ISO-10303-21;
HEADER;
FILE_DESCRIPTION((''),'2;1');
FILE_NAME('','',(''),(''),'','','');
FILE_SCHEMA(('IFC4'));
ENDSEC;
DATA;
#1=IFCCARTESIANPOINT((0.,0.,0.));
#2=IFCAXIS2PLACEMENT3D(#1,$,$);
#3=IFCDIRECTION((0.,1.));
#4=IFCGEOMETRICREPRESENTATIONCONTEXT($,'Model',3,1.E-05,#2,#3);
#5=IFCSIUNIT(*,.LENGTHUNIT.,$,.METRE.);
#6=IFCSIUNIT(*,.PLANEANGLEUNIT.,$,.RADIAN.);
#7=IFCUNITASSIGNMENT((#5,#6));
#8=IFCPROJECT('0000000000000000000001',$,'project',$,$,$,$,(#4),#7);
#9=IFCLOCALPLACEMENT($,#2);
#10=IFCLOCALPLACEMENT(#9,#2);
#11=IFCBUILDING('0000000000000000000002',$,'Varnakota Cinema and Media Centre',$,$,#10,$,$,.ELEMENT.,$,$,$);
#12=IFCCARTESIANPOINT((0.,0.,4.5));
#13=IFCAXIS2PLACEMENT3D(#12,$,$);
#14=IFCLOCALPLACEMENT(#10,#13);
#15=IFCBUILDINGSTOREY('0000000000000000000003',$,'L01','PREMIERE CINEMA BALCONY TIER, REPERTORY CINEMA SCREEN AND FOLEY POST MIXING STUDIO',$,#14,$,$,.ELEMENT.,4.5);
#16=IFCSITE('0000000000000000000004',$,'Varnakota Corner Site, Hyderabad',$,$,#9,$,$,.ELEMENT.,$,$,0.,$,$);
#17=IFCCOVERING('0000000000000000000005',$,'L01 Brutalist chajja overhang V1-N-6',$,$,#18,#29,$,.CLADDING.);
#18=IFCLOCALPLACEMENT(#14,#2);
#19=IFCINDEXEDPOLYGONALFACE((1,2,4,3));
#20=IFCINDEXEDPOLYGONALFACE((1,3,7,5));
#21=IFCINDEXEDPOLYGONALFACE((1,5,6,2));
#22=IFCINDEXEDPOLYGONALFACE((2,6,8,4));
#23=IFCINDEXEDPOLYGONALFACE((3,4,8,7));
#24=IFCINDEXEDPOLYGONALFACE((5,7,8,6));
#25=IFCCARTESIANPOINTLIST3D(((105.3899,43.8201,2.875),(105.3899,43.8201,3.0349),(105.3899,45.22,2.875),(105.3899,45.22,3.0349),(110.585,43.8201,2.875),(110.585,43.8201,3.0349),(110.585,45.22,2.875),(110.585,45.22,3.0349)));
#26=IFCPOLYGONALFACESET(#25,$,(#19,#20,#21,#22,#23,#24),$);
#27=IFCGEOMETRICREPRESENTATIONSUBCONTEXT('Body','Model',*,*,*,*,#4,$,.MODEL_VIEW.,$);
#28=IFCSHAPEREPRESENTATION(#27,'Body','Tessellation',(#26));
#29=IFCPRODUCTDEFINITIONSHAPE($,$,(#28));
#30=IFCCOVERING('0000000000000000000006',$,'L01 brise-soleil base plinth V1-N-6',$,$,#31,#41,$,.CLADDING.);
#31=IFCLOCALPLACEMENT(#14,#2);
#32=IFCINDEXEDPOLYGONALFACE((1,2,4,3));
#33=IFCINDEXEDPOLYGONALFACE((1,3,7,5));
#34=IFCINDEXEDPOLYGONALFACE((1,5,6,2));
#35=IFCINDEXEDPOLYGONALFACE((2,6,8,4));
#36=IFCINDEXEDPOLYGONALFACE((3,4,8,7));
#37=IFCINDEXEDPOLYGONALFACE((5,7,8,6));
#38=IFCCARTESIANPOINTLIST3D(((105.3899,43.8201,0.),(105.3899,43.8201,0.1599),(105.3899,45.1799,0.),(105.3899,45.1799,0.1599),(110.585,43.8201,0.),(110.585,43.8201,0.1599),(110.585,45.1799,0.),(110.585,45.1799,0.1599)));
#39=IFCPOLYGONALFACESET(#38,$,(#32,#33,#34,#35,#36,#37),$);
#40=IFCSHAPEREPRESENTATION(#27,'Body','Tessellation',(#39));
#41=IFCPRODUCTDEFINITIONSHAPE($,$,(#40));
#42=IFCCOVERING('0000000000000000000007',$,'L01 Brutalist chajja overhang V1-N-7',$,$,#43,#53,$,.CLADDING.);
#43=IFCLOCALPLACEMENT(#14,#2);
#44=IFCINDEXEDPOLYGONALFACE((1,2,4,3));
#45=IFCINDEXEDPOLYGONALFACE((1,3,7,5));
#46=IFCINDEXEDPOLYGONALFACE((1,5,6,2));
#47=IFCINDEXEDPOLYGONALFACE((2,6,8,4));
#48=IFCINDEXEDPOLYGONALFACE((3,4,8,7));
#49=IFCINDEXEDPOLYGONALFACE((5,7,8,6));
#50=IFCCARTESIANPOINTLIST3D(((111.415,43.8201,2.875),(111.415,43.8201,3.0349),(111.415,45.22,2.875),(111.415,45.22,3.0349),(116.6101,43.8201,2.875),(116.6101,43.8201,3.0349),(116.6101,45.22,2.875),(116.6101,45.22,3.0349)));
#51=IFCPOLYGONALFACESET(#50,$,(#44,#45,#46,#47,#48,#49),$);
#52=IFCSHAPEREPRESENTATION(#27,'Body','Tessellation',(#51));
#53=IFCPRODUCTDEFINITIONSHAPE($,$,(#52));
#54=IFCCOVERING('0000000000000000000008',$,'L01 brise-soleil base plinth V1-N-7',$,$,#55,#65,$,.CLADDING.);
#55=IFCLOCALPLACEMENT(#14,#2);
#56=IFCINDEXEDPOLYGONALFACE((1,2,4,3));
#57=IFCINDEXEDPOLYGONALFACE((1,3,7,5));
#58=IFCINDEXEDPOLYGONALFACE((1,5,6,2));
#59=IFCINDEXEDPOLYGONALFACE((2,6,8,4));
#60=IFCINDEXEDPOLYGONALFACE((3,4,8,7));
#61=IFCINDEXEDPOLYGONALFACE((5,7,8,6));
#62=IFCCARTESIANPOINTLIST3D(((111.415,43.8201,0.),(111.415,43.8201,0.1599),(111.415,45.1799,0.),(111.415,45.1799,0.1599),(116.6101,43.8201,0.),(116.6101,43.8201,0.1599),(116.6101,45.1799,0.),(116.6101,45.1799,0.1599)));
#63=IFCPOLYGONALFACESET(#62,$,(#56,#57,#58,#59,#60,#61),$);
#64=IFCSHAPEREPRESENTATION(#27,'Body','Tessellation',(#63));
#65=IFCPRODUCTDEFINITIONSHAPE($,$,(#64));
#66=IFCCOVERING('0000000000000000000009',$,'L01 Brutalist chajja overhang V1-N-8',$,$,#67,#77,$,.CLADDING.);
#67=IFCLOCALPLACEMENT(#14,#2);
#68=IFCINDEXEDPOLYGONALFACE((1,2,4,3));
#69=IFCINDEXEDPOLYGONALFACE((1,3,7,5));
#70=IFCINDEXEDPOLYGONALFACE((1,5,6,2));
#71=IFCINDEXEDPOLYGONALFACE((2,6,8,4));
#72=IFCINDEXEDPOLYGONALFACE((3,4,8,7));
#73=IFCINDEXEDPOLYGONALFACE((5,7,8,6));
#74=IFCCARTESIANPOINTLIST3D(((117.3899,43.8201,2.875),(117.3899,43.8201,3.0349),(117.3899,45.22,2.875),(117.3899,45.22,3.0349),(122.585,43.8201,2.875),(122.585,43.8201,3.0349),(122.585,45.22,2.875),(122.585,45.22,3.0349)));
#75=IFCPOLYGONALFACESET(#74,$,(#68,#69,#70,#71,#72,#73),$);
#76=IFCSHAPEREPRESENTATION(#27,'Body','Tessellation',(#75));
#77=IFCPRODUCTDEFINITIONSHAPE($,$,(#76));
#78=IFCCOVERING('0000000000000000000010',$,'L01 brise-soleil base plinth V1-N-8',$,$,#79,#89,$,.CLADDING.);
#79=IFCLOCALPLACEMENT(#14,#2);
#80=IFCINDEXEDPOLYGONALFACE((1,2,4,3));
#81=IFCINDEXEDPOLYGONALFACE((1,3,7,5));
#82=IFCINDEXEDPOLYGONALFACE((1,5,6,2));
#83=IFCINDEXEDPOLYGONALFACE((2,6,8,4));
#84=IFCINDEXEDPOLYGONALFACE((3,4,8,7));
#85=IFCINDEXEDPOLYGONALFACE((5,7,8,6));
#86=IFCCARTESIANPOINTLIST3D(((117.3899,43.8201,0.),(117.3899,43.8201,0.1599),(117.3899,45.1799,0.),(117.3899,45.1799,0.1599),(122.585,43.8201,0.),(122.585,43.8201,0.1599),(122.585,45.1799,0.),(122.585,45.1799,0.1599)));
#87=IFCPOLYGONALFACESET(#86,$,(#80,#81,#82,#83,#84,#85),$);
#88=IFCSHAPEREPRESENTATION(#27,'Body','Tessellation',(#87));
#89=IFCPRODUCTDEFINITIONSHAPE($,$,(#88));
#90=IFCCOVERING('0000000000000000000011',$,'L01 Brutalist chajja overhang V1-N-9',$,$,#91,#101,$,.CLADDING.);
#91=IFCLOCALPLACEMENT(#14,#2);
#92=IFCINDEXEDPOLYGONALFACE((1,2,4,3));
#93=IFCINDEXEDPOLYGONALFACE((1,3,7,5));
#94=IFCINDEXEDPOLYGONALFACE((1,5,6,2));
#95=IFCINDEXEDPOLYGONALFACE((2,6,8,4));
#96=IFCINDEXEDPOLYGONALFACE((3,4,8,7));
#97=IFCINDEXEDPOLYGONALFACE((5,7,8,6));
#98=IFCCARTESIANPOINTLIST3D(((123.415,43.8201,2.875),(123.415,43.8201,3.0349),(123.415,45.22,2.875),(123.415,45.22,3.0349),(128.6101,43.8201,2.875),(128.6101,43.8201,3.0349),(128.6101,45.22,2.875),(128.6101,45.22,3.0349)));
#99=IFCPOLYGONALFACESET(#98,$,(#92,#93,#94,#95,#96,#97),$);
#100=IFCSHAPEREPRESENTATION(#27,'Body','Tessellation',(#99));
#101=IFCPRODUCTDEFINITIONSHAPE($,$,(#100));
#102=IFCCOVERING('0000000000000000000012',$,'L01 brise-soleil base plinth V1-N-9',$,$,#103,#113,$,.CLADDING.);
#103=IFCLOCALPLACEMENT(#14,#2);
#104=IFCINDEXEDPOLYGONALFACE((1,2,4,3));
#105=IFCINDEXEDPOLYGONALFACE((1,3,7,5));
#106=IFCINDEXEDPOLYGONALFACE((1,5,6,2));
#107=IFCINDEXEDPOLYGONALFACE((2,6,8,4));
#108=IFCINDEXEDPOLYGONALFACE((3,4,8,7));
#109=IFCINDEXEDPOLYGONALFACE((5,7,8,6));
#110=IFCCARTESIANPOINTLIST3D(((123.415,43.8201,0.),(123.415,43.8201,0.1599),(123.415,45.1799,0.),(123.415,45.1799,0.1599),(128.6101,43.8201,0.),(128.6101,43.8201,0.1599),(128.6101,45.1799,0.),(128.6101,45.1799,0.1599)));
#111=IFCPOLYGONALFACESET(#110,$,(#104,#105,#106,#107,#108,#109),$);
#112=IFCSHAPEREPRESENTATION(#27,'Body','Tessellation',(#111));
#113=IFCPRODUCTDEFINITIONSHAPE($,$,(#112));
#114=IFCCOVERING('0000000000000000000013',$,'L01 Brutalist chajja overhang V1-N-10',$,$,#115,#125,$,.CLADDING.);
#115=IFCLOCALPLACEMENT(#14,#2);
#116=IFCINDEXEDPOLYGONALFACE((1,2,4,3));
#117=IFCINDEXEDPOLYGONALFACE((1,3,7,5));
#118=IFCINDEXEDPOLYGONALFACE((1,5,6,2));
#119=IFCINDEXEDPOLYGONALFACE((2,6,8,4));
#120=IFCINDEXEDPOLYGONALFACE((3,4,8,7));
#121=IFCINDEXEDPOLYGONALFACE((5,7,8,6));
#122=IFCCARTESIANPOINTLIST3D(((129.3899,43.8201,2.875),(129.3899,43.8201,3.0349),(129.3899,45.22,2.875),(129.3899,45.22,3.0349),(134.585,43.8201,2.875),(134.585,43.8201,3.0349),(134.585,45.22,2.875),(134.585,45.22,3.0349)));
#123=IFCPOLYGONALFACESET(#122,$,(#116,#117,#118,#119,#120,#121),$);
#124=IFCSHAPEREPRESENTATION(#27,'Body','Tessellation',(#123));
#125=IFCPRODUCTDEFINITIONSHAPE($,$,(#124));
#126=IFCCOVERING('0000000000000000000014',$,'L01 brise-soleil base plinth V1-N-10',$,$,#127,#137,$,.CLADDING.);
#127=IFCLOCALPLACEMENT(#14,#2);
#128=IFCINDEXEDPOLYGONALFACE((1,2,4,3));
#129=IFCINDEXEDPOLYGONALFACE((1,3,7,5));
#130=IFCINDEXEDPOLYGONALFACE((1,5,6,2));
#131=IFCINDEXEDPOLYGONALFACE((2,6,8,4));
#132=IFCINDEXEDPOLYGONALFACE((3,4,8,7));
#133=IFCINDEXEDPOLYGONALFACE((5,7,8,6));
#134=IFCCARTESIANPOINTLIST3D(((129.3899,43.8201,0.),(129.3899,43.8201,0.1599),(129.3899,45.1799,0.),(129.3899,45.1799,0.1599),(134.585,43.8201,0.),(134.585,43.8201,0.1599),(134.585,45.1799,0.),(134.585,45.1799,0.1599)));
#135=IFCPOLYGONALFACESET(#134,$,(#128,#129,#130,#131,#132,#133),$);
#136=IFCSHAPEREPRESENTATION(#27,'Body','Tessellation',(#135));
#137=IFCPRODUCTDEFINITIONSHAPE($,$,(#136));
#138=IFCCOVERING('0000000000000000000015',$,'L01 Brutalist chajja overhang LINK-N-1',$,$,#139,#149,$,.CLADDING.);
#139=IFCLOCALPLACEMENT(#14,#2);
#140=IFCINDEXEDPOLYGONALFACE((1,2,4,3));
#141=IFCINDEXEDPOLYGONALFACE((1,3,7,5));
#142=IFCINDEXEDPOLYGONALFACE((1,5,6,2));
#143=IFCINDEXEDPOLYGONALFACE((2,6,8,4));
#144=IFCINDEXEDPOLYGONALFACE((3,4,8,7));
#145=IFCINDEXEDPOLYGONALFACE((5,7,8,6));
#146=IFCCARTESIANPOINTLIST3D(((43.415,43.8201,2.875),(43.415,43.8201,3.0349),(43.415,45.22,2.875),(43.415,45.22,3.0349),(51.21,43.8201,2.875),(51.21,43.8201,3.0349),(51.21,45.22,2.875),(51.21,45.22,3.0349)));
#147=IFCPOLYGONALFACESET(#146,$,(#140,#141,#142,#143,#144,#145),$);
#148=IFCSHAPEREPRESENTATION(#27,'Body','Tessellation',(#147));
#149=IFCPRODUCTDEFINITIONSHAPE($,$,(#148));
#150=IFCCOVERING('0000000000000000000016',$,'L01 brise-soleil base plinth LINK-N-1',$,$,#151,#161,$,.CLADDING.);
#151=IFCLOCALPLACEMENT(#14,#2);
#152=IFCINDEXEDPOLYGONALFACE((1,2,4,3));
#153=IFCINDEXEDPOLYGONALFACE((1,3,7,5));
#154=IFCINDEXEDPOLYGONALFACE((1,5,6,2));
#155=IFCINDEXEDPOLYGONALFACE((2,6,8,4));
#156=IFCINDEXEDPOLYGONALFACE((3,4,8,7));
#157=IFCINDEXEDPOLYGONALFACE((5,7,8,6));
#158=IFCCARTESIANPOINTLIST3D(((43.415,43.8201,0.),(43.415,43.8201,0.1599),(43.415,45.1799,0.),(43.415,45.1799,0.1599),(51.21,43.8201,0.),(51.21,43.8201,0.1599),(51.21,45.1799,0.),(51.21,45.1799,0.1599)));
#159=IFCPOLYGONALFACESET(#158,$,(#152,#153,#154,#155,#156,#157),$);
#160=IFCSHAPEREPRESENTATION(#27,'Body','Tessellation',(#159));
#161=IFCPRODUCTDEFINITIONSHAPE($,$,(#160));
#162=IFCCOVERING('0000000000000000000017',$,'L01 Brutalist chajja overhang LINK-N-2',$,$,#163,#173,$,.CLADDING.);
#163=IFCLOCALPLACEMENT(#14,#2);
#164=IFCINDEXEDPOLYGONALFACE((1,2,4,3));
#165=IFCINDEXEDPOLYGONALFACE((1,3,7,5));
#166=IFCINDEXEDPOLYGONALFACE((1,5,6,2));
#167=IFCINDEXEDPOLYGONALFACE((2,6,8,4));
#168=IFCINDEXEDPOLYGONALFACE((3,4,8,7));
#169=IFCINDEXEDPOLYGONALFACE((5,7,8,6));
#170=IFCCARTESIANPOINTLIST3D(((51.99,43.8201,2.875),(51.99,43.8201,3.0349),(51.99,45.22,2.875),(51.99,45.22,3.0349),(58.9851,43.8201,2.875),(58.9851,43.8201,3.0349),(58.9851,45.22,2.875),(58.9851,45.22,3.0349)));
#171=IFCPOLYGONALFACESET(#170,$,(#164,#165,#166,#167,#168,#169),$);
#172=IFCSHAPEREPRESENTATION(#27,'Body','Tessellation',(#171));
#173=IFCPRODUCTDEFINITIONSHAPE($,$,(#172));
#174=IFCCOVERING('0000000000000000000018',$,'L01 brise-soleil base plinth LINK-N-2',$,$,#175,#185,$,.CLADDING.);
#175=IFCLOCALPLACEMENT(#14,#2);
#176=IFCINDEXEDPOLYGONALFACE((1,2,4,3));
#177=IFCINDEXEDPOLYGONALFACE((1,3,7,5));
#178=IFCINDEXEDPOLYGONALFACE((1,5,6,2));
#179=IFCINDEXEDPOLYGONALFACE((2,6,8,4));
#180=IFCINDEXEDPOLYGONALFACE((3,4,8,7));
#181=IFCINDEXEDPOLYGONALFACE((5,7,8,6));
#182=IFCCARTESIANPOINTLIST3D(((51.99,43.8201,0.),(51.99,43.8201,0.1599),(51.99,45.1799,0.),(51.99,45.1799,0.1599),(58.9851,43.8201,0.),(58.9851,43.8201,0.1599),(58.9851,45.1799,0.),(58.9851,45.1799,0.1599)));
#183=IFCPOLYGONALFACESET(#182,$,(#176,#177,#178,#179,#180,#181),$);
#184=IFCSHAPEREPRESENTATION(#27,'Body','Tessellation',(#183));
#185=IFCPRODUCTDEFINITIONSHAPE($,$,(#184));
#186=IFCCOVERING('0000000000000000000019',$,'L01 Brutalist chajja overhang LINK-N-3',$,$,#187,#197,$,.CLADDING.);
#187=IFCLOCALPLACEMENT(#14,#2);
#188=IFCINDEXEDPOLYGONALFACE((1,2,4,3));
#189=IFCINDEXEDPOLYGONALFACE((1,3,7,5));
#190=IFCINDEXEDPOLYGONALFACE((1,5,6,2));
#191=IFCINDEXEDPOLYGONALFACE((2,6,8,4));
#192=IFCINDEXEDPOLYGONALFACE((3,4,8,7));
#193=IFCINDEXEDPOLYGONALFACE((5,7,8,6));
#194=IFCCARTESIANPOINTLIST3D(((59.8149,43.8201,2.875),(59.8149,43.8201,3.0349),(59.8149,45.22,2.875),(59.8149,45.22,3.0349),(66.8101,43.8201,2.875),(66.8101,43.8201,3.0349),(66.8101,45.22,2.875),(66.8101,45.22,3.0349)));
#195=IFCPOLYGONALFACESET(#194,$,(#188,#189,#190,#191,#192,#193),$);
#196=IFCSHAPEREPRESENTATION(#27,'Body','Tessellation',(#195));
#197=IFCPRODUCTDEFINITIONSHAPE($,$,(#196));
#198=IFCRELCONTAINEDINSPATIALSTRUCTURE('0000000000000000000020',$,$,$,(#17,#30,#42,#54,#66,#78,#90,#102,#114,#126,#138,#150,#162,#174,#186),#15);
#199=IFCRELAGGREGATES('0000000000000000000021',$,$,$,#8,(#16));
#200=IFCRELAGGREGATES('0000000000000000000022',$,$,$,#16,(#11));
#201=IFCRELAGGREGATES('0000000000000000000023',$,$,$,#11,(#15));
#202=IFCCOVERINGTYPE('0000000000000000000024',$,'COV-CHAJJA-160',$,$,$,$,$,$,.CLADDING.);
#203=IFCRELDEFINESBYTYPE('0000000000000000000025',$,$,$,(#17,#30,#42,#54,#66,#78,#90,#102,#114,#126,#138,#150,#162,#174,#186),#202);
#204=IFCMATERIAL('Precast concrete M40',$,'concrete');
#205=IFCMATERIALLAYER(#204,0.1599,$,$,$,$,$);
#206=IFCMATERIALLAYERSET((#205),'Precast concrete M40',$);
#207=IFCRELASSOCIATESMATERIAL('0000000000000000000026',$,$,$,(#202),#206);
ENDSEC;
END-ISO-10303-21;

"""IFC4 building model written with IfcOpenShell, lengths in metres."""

from ifc_helpers import new_model, si_unit, direction, frame, origin, place, context, subcontext, project, spatial, polyline, outline, extrude, material, layer, layer_set, type_object, element, save


model = new_model("IFC4")

# Units and contexts
model_context = context("Model", 3, precision=1e-05, world=origin(), true_north=direction((0.0, 1.0)))
body_context = subcontext(model_context, "Body", "Model", "MODEL_VIEW")
ifc_project = project(units=[si_unit("LENGTHUNIT", "METRE"), si_unit("PLANEANGLEUNIT", "RADIAN")], contexts=[model_context])

# Site, building, storey
site_placement = place(None, origin())
site = spatial("IfcSite", under=ifc_project, at=site_placement, Name="Varnakota Corner Site, Hyderabad", CompositionType="ELEMENT", RefElevation=0.0)
building_placement = place(site_placement, origin())
building = spatial("IfcBuilding", under=site, at=building_placement, Name="Varnakota Cinema and Media Centre", CompositionType="ELEMENT")
storey_placement = place(building_placement, frame((0.0, 0.0, 4.5)))
storey = spatial("IfcBuildingStorey", under=building, at=storey_placement, Name="L01", Description="PREMIERE CINEMA BALCONY TIER, REPERTORY CINEMA SCREEN AND FOLEY POST MIXING STUDIO", CompositionType="ELEMENT", Elevation=4.5)

# Coverings
ifc_material_1 = material(Name="Precast concrete M40", Category="concrete")
ifc_layer_1 = layer(ifc_material_1, 0.1599)
ifc_layer_set_1 = layer_set([ifc_layer_1], Name="Precast concrete M40")
covering_type_1 = type_object("IfcCoveringType", Name="COV-CHAJJA-160", PredefinedType="CLADDING", material=ifc_layer_set_1)
covering_1_placement = place(storey_placement, frame((0.0, 0.0, 2.875)))
element("IfcCovering", 1, at=covering_1_placement, inside=storey, type_object=covering_type_1, Name="L01 Brutalist chajja overhang V1-N-6", PredefinedType="CLADDING", context=body_context, shape_type="SweptSolid", body=[
    extrude(outline(polyline([(105.3899, 43.8201), (110.585, 43.8201), (110.585, 45.22), (105.3899, 45.22), (105.3899, 43.8201)])), origin(), (0.0, 0.0, 1.0), 0.1599),
])
covering_2_placement = place(storey_placement, origin())
element("IfcCovering", 2, at=covering_2_placement, inside=storey, type_object=covering_type_1, Name="L01 brise-soleil base plinth V1-N-6", PredefinedType="CLADDING", context=body_context, shape_type="SweptSolid", body=[
    extrude(outline(polyline([(105.3899, 43.8201), (110.585, 43.8201), (110.585, 45.1799), (105.3899, 45.1799), (105.3899, 43.8201)])), origin(), (0.0, 0.0, 1.0), 0.1599),
])
covering_3_placement = place(storey_placement, frame((0.0, 0.0, 2.875)))
element("IfcCovering", 3, at=covering_3_placement, inside=storey, type_object=covering_type_1, Name="L01 Brutalist chajja overhang V1-N-7", PredefinedType="CLADDING", context=body_context, shape_type="SweptSolid", body=[
    extrude(outline(polyline([(111.415, 43.8201), (116.6101, 43.8201), (116.6101, 45.22), (111.415, 45.22), (111.415, 43.8201)])), origin(), (0.0, 0.0, 1.0), 0.1599),
])
covering_4_placement = place(storey_placement, origin())
element("IfcCovering", 4, at=covering_4_placement, inside=storey, type_object=covering_type_1, Name="L01 brise-soleil base plinth V1-N-7", PredefinedType="CLADDING", context=body_context, shape_type="SweptSolid", body=[
    extrude(outline(polyline([(111.415, 43.8201), (116.6101, 43.8201), (116.6101, 45.1799), (111.415, 45.1799), (111.415, 43.8201)])), origin(), (0.0, 0.0, 1.0), 0.1599),
])
covering_5_placement = place(storey_placement, frame((0.0, 0.0, 2.875)))
element("IfcCovering", 5, at=covering_5_placement, inside=storey, type_object=covering_type_1, Name="L01 Brutalist chajja overhang V1-N-8", PredefinedType="CLADDING", context=body_context, shape_type="SweptSolid", body=[
    extrude(outline(polyline([(117.3899, 43.8201), (122.585, 43.8201), (122.585, 45.22), (117.3899, 45.22), (117.3899, 43.8201)])), origin(), (0.0, 0.0, 1.0), 0.1599),
])
covering_6_placement = place(storey_placement, origin())
element("IfcCovering", 6, at=covering_6_placement, inside=storey, type_object=covering_type_1, Name="L01 brise-soleil base plinth V1-N-8", PredefinedType="CLADDING", context=body_context, shape_type="SweptSolid", body=[
    extrude(outline(polyline([(117.3899, 43.8201), (122.585, 43.8201), (122.585, 45.1799), (117.3899, 45.1799), (117.3899, 43.8201)])), origin(), (0.0, 0.0, 1.0), 0.1599),
])
covering_7_placement = place(storey_placement, frame((0.0, 0.0, 2.875)))
element("IfcCovering", 7, at=covering_7_placement, inside=storey, type_object=covering_type_1, Name="L01 Brutalist chajja overhang V1-N-9", PredefinedType="CLADDING", context=body_context, shape_type="SweptSolid", body=[
    extrude(outline(polyline([(123.415, 43.8201), (128.6101, 43.8201), (128.6101, 45.22), (123.415, 45.22), (123.415, 43.8201)])), origin(), (0.0, 0.0, 1.0), 0.1599),
])
covering_8_placement = place(storey_placement, origin())
element("IfcCovering", 8, at=covering_8_placement, inside=storey, type_object=covering_type_1, Name="L01 brise-soleil base plinth V1-N-9", PredefinedType="CLADDING", context=body_context, shape_type="SweptSolid", body=[
    extrude(outline(polyline([(123.415, 43.8201), (128.6101, 43.8201), (128.6101, 45.1799), (123.415, 45.1799), (123.415, 43.8201)])), origin(), (0.0, 0.0, 1.0), 0.1599),
])
covering_9_placement = place(storey_placement, frame((0.0, 0.0, 2.875)))
element("IfcCovering", 9, at=covering_9_placement, inside=storey, type_object=covering_type_1, Name="L01 Brutalist chajja overhang V1-N-10", PredefinedType="CLADDING", context=body_context, shape_type="SweptSolid", body=[
    extrude(outline(polyline([(129.3899, 43.8201), (134.585, 43.8201), (134.585, 45.22), (129.3899, 45.22), (129.3899, 43.8201)])), origin(), (0.0, 0.0, 1.0), 0.1599),
])
covering_10_placement = place(storey_placement, origin())
element("IfcCovering", 10, at=covering_10_placement, inside=storey, type_object=covering_type_1, Name="L01 brise-soleil base plinth V1-N-10", PredefinedType="CLADDING", context=body_context, shape_type="SweptSolid", body=[
    extrude(outline(polyline([(129.3899, 43.8201), (134.585, 43.8201), (134.585, 45.1799), (129.3899, 45.1799), (129.3899, 43.8201)])), origin(), (0.0, 0.0, 1.0), 0.1599),
])
covering_11_placement = place(storey_placement, frame((0.0, 0.0, 2.875)))
element("IfcCovering", 11, at=covering_11_placement, inside=storey, type_object=covering_type_1, Name="L01 Brutalist chajja overhang LINK-N-1", PredefinedType="CLADDING", context=body_context, shape_type="SweptSolid", body=[
    extrude(outline(polyline([(43.415, 43.8201), (51.21, 43.8201), (51.21, 45.22), (43.415, 45.22), (43.415, 43.8201)])), origin(), (0.0, 0.0, 1.0), 0.1599),
])
covering_12_placement = place(storey_placement, origin())
element("IfcCovering", 12, at=covering_12_placement, inside=storey, type_object=covering_type_1, Name="L01 brise-soleil base plinth LINK-N-1", PredefinedType="CLADDING", context=body_context, shape_type="SweptSolid", body=[
    extrude(outline(polyline([(43.415, 43.8201), (51.21, 43.8201), (51.21, 45.1799), (43.415, 45.1799), (43.415, 43.8201)])), origin(), (0.0, 0.0, 1.0), 0.1599),
])
covering_13_placement = place(storey_placement, frame((0.0, 0.0, 2.875)))
element("IfcCovering", 13, at=covering_13_placement, inside=storey, type_object=covering_type_1, Name="L01 Brutalist chajja overhang LINK-N-2", PredefinedType="CLADDING", context=body_context, shape_type="SweptSolid", body=[
    extrude(outline(polyline([(51.99, 43.8201), (58.9851, 43.8201), (58.9851, 45.22), (51.99, 45.22), (51.99, 43.8201)])), origin(), (0.0, 0.0, 1.0), 0.1599),
])
covering_14_placement = place(storey_placement, origin())
element("IfcCovering", 14, at=covering_14_placement, inside=storey, type_object=covering_type_1, Name="L01 brise-soleil base plinth LINK-N-2", PredefinedType="CLADDING", context=body_context, shape_type="SweptSolid", body=[
    extrude(outline(polyline([(51.99, 43.8201), (58.9851, 43.8201), (58.9851, 45.1799), (51.99, 45.1799), (51.99, 43.8201)])), origin(), (0.0, 0.0, 1.0), 0.1599),
])
covering_15_placement = place(storey_placement, frame((0.0, 0.0, 2.875)))
element("IfcCovering", 15, at=covering_15_placement, inside=storey, type_object=covering_type_1, Name="L01 Brutalist chajja overhang LINK-N-3", PredefinedType="CLADDING", context=body_context, shape_type="SweptSolid", body=[
    extrude(outline(polyline([(59.8149, 43.8201), (66.8101, 43.8201), (66.8101, 45.22), (59.8149, 45.22), (59.8149, 43.8201)])), origin(), (0.0, 0.0, 1.0), 0.1599),
])

save(model, "model.ifc")
